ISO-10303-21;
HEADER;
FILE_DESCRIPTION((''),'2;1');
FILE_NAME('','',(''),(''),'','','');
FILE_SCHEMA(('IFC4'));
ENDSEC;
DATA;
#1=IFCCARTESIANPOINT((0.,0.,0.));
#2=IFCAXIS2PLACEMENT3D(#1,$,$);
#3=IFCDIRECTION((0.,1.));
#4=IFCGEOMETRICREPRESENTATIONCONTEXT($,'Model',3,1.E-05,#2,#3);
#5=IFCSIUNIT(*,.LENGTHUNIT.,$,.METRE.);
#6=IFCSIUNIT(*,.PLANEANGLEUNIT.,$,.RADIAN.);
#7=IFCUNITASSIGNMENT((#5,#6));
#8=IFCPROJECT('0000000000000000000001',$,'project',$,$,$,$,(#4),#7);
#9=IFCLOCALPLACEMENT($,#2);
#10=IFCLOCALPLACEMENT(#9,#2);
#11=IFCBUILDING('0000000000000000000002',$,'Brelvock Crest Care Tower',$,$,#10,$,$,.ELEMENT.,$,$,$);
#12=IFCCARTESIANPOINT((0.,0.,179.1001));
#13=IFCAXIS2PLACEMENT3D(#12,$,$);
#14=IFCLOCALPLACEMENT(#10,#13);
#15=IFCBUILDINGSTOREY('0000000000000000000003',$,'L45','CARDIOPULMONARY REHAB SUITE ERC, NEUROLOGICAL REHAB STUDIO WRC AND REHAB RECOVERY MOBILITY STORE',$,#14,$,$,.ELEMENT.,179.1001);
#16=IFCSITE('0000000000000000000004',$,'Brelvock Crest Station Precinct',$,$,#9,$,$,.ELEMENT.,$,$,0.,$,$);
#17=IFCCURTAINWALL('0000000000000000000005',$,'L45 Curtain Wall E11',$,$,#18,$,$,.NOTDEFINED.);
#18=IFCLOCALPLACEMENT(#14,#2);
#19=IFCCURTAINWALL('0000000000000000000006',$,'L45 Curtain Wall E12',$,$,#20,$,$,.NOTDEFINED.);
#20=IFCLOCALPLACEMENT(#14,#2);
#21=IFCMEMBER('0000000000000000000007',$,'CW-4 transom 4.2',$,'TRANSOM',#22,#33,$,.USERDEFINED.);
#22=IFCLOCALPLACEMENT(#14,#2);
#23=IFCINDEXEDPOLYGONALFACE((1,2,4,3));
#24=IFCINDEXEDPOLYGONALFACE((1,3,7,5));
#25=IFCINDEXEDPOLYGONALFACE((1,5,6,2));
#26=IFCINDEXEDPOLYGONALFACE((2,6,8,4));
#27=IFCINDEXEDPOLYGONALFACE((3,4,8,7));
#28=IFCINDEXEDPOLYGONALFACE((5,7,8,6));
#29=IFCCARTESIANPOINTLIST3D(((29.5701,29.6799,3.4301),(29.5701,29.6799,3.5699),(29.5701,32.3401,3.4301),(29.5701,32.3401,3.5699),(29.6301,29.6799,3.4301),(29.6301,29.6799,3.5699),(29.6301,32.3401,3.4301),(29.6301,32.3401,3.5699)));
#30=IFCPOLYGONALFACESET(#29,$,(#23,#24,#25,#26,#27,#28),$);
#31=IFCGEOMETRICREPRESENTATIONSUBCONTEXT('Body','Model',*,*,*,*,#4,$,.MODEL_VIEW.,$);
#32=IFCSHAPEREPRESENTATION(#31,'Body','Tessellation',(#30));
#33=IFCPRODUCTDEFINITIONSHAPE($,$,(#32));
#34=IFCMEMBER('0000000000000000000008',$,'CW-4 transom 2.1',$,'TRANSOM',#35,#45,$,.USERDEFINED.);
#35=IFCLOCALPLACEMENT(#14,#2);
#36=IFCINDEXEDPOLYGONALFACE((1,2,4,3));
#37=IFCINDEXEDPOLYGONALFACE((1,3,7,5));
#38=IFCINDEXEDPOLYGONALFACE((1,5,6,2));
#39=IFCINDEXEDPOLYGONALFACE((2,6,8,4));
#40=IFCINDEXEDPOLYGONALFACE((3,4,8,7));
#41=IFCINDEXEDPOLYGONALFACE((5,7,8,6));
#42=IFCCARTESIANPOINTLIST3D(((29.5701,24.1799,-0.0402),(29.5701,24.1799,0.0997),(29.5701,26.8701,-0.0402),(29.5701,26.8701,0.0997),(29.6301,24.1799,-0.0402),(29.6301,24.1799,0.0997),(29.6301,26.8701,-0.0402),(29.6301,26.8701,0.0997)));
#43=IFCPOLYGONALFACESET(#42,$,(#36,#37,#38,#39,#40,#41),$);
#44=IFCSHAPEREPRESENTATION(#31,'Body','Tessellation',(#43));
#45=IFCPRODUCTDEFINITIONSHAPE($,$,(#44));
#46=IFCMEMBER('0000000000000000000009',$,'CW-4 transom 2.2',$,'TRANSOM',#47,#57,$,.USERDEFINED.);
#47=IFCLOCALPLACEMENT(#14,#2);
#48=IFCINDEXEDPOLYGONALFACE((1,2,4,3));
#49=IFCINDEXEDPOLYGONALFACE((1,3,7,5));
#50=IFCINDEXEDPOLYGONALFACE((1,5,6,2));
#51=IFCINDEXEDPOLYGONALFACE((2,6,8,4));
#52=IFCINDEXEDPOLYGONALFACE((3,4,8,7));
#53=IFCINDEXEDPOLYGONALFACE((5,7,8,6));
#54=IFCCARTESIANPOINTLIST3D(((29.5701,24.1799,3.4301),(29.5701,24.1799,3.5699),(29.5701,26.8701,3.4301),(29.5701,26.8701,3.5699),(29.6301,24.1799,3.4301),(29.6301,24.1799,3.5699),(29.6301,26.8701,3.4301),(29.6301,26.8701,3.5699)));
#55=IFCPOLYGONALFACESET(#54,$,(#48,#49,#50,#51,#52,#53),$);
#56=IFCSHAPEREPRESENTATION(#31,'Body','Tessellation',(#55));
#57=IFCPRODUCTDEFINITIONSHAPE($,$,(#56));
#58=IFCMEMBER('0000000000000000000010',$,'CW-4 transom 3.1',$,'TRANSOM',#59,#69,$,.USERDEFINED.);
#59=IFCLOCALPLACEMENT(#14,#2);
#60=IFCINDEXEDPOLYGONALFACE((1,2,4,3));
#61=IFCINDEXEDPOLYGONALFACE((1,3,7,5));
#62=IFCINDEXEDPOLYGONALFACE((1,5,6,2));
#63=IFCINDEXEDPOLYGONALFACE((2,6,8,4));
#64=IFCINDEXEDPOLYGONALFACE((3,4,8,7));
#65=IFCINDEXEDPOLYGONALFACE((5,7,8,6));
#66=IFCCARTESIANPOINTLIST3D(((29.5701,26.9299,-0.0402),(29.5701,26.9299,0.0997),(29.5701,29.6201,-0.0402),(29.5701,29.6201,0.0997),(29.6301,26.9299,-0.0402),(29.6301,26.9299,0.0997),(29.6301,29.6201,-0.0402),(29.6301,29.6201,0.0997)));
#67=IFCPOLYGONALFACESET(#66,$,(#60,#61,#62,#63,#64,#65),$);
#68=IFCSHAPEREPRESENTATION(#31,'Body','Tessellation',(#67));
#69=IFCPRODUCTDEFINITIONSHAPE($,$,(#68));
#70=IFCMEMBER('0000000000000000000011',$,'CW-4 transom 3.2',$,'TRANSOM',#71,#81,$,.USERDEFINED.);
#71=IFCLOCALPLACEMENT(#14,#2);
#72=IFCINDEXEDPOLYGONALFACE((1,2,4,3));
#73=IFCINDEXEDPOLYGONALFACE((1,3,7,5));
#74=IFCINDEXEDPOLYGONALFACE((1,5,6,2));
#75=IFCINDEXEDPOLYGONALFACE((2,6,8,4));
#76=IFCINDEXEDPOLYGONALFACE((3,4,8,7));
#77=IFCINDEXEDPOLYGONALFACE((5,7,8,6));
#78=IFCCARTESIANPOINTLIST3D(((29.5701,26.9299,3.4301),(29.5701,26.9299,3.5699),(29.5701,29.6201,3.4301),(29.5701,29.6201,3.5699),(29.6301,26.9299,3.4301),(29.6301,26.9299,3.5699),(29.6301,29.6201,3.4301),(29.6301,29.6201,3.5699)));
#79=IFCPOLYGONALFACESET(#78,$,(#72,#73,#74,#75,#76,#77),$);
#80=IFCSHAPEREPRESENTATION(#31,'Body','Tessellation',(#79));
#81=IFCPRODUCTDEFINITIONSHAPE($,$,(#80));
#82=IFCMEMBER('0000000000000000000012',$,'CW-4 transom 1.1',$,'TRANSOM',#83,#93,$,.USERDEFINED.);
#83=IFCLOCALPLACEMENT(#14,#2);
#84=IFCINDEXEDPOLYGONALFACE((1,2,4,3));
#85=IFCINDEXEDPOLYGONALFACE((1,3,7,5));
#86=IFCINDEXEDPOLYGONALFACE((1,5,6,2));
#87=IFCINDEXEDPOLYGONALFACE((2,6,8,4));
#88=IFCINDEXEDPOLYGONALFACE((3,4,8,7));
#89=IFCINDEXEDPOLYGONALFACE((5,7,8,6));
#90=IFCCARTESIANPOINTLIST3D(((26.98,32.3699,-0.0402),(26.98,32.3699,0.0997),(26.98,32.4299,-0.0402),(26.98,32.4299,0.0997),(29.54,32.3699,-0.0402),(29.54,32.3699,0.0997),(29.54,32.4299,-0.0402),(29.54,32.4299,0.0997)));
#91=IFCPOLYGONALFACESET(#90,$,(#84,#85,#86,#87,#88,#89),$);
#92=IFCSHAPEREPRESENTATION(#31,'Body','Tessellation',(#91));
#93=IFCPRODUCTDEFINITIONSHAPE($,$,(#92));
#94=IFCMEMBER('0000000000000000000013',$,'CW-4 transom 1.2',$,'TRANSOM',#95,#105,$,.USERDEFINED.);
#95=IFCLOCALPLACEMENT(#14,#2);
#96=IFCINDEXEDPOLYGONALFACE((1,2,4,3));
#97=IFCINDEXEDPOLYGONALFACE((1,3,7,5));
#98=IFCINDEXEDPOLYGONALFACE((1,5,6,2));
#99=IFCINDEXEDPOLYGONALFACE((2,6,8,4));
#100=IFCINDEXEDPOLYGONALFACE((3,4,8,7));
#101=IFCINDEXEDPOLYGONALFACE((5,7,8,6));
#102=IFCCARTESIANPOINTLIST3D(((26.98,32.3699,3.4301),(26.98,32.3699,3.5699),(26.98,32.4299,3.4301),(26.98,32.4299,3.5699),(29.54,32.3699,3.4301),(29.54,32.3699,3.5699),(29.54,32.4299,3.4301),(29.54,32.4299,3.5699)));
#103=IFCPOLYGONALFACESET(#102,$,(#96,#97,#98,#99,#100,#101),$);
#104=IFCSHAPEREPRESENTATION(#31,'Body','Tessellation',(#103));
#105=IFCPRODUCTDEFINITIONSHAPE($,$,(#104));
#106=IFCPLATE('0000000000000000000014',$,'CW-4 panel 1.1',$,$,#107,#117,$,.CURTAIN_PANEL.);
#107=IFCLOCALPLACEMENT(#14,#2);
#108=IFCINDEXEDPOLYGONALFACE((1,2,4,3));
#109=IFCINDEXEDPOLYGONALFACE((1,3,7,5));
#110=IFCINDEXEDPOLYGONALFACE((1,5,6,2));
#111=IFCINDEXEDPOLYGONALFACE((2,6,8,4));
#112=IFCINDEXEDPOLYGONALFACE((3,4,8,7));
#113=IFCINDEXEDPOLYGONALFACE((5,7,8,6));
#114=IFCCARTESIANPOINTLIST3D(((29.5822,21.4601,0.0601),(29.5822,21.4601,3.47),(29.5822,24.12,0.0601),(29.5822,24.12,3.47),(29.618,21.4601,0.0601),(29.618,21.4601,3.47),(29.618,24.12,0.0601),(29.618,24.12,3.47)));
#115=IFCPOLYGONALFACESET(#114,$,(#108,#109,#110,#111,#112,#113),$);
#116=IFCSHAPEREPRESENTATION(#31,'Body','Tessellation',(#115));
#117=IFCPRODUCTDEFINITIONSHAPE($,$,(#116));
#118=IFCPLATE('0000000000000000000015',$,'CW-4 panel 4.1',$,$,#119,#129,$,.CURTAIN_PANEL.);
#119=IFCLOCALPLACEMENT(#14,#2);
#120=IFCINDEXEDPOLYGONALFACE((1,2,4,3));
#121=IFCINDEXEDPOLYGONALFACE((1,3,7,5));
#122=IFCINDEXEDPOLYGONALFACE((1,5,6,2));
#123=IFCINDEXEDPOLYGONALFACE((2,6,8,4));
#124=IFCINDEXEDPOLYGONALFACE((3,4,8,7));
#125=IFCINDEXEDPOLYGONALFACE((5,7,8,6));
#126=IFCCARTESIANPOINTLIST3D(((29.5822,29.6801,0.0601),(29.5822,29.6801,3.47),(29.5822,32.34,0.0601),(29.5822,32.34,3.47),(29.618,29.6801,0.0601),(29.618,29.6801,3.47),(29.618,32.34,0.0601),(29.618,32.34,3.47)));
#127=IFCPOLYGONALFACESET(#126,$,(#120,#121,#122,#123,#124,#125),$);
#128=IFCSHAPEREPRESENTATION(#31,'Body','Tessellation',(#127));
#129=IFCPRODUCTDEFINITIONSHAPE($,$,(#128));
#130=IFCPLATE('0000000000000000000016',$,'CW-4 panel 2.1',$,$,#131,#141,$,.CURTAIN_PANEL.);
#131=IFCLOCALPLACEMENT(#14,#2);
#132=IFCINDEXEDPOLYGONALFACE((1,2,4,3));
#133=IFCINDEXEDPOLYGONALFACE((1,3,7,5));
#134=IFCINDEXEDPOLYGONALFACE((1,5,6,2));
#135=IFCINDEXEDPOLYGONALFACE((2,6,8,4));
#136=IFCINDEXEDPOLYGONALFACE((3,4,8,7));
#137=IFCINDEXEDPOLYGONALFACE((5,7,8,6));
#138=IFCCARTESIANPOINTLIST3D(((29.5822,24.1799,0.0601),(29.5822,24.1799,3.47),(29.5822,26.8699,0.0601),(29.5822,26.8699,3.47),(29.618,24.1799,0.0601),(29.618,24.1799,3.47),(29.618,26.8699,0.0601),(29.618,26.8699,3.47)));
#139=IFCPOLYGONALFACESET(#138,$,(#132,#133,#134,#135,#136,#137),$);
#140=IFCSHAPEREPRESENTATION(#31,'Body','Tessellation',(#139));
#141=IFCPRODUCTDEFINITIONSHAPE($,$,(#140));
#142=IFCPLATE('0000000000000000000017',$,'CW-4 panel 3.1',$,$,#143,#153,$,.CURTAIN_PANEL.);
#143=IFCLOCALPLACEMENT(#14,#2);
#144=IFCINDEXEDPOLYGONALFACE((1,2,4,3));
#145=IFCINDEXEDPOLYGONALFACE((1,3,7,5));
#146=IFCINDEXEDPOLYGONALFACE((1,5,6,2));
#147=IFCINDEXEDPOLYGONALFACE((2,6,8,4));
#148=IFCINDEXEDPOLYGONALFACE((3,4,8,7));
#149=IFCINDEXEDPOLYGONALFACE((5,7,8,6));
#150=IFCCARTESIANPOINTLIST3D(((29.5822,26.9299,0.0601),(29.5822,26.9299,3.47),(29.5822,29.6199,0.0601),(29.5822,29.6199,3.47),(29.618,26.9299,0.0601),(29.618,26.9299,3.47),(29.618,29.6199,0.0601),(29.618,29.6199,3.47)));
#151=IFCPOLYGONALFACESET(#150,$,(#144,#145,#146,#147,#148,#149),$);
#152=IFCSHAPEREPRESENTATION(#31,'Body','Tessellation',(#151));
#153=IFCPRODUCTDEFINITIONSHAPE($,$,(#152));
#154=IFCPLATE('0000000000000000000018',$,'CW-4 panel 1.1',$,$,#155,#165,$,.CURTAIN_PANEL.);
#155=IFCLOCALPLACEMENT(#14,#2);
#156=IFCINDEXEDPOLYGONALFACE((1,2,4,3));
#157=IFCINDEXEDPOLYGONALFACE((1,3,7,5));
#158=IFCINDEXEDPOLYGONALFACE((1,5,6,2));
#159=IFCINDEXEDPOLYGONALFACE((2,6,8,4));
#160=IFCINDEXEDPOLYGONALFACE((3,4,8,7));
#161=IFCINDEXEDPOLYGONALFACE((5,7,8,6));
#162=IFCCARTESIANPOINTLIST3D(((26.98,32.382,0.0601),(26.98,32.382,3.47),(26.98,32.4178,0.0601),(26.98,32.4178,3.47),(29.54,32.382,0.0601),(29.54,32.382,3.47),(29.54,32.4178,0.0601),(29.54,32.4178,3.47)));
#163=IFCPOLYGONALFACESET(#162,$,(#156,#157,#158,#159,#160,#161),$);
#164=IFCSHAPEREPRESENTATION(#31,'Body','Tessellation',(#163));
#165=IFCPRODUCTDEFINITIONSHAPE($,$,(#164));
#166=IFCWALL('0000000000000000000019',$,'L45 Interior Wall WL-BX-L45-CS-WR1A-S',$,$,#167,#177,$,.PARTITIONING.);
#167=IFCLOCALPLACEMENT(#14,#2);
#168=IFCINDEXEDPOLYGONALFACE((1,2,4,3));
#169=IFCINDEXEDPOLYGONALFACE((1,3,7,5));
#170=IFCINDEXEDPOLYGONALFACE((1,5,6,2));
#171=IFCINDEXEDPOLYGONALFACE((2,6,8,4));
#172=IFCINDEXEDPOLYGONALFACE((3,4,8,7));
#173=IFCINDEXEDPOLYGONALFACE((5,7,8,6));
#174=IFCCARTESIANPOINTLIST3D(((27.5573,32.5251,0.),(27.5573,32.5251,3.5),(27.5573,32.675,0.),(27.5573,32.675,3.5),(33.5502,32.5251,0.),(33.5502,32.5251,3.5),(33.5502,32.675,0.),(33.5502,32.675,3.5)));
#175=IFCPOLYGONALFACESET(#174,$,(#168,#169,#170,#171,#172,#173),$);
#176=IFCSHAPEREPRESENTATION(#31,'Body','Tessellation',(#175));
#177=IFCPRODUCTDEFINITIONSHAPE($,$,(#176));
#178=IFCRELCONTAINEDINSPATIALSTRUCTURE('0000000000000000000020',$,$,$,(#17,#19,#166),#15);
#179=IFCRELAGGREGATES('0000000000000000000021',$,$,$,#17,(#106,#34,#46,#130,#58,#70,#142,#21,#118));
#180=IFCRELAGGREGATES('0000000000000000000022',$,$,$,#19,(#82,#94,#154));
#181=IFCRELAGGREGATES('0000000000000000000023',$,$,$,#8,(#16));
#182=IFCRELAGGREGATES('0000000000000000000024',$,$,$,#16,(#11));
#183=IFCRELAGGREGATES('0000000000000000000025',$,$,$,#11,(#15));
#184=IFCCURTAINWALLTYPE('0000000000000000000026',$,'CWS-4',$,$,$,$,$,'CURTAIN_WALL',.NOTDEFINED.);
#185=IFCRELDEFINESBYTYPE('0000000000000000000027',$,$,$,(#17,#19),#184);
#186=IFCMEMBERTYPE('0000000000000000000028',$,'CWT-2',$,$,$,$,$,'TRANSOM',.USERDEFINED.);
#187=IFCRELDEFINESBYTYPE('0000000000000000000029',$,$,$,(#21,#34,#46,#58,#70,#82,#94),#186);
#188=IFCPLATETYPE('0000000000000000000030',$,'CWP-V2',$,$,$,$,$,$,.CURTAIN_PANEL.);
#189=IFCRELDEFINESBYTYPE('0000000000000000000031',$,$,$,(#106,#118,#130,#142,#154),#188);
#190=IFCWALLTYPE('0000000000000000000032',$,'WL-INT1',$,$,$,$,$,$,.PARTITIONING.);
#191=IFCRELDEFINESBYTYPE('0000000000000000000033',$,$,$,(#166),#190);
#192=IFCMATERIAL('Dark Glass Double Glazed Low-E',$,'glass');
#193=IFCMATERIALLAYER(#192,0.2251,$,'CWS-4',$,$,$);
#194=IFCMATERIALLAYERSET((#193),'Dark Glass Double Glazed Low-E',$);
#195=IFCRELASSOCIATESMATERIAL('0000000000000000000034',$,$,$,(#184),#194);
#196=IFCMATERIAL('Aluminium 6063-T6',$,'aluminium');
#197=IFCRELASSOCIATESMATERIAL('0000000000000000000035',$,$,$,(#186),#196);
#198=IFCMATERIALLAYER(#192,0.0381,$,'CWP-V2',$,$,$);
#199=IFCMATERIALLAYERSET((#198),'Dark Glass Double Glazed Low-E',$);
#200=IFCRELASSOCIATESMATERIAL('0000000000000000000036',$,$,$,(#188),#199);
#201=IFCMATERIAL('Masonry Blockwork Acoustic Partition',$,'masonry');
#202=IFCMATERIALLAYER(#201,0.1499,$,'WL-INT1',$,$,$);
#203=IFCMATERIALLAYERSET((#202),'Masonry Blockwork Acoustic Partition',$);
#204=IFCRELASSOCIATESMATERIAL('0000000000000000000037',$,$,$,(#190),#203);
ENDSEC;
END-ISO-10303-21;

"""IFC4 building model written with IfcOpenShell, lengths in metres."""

from ifc_helpers import new_model, si_unit, direction, frame, frame_2d, origin, origin_2d, place, context, subcontext, project, spatial, rectangle, extrude, source, transform, mapped, material, layer, layer_set, material_profile, profile_set, type_object, element, aggregate, save


model = new_model("IFC4")

# Units and contexts
model_context = context("Model", 3, precision=1e-05, world=origin(), true_north=direction((0.0, 1.0)))
body_context = subcontext(model_context, "Body", "Model", "MODEL_VIEW")
ifc_project = project(units=[si_unit("LENGTHUNIT", "METRE"), si_unit("PLANEANGLEUNIT", "RADIAN")], contexts=[model_context])

# Site, building, storey
site_placement = place(None, origin())
site = spatial("IfcSite", under=ifc_project, at=site_placement, Name="Brelvock Crest Station Precinct", CompositionType="ELEMENT", RefElevation=0.0)
building_placement = place(site_placement, origin())
building = spatial("IfcBuilding", under=site, at=building_placement, Name="Brelvock Crest Care Tower", CompositionType="ELEMENT")
storey_placement = place(building_placement, frame((0.0, 0.0, 179.1001)))
storey = spatial("IfcBuildingStorey", under=building, at=storey_placement, Name="L45", Description="CARDIOPULMONARY REHAB SUITE ERC, NEUROLOGICAL REHAB STUDIO WRC AND REHAB RECOVERY MOBILITY STORE", CompositionType="ELEMENT", Elevation=179.1001)

# Curtain walls
ifc_material_1 = material(Name="Dark Glass Double Glazed Low-E", Category="glass")
ifc_layer_1 = layer(ifc_material_1, 0.2251, Name="CWS-4")
ifc_layer_set_1 = layer_set([ifc_layer_1], Name="Dark Glass Double Glazed Low-E")
curtain_wall_type = type_object("IfcCurtainWallType", Name="CWS-4", ElementType="CURTAIN_WALL", PredefinedType="NOTDEFINED", material=ifc_layer_set_1)
curtain_wall_1_placement = place(storey_placement, origin())
curtain_wall_1 = element("IfcCurtainWall", 1, at=curtain_wall_1_placement, inside=storey, type_object=curtain_wall_type, Name="L45 Curtain Wall E11", PredefinedType="NOTDEFINED")
ifc_material_2 = material(Name="Aluminium 6063-T6", Category="aluminium")
curtain_wall_2_placement = place(storey_placement, origin())
curtain_wall_2 = element("IfcCurtainWall", 2, at=curtain_wall_2_placement, inside=storey, type_object=curtain_wall_type, Name="L45 Curtain Wall E12", PredefinedType="NOTDEFINED")

# Members
ifc_material_profile_1 = material_profile(ifc_material_2, rectangle(XDim=0.0601, YDim=0.1399, at=origin_2d()), Name="ALU60x140")
ifc_profile_set_1 = profile_set([ifc_material_profile_1], Name="Aluminium 6063-T6")
member_type_1 = type_object("IfcMemberType", Name="CWT-2", ElementType="TRANSOM", PredefinedType="USERDEFINED", material=ifc_profile_set_1)
shared_shape_1 = source(origin(), body_context, "Body", "SweptSolid", [
    extrude(rectangle(XDim=0.0601, YDim=0.1399, at=origin_2d()), origin(), (0.0, 0.0, 1.0), 2.6602),
])
member_1_placement = place(storey_placement, frame((29.6001, 29.6799, 3.5), z_axis=(0.0, 1.0, 0.0), x_axis=(-1.0, 0.0, 0.0)))
member_1 = element("IfcMember", 3, at=member_1_placement, type_object=member_type_1, Name="CW-4 transom 4.2", ObjectType="TRANSOM", PredefinedType="USERDEFINED", context=body_context, shape_type="MappedRepresentation", body=[
    mapped(shared_shape_1, transform((0.0, 0.0, 0.0), x_axis=(1.0, 0.0, 0.0), y_axis=(0.0, 1.0, 0.0), z_axis=(0.0, 0.0, 1.0), scale=1.0)),
])
shared_shape_2 = source(origin(), body_context, "Body", "SweptSolid", [
    extrude(rectangle(XDim=0.0601, YDim=0.1399, at=origin_2d()), origin(), (0.0, 0.0, 1.0), 2.6902),
])
member_2_placement = place(storey_placement, frame((29.6001, 24.1799, 0.0298), z_axis=(0.0, 1.0, 0.0), x_axis=(-1.0, 0.0, 0.0)))
member_2 = element("IfcMember", 4, at=member_2_placement, type_object=member_type_1, Name="CW-4 transom 2.1", ObjectType="TRANSOM", PredefinedType="USERDEFINED", context=body_context, shape_type="MappedRepresentation", body=[
    mapped(shared_shape_2, transform((0.0, 0.0, 0.0), x_axis=(1.0, 0.0, 0.0), y_axis=(0.0, 1.0, 0.0), z_axis=(0.0, 0.0, 1.0), scale=1.0)),
])
member_3_placement = place(storey_placement, frame((29.6001, 24.1799, 3.5), z_axis=(0.0, 1.0, 0.0), x_axis=(-1.0, 0.0, 0.0)))
member_3 = element("IfcMember", 5, at=member_3_placement, type_object=member_type_1, Name="CW-4 transom 2.2", ObjectType="TRANSOM", PredefinedType="USERDEFINED", context=body_context, shape_type="MappedRepresentation", body=[
    mapped(shared_shape_2, transform((0.0, 0.0, 0.0), x_axis=(1.0, 0.0, 0.0), y_axis=(0.0, 1.0, 0.0), z_axis=(0.0, 0.0, 1.0), scale=1.0)),
])
member_4_placement = place(storey_placement, frame((29.6001, 26.9299, 0.0298), z_axis=(0.0, 1.0, 0.0), x_axis=(-1.0, 0.0, 0.0)))
member_4 = element("IfcMember", 6, at=member_4_placement, type_object=member_type_1, Name="CW-4 transom 3.1", ObjectType="TRANSOM", PredefinedType="USERDEFINED", context=body_context, shape_type="MappedRepresentation", body=[
    mapped(shared_shape_2, transform((0.0, 0.0, 0.0), x_axis=(1.0, 0.0, 0.0), y_axis=(0.0, 1.0, 0.0), z_axis=(0.0, 0.0, 1.0), scale=1.0)),
])
member_5_placement = place(storey_placement, frame((29.6001, 26.9299, 3.5), z_axis=(0.0, 1.0, 0.0), x_axis=(-1.0, 0.0, 0.0)))
member_5 = element("IfcMember", 7, at=member_5_placement, type_object=member_type_1, Name="CW-4 transom 3.2", ObjectType="TRANSOM", PredefinedType="USERDEFINED", context=body_context, shape_type="MappedRepresentation", body=[
    mapped(shared_shape_2, transform((0.0, 0.0, 0.0), x_axis=(1.0, 0.0, 0.0), y_axis=(0.0, 1.0, 0.0), z_axis=(0.0, 0.0, 1.0), scale=1.0)),
])
shared_shape_3 = source(origin(), body_context, "Body", "SweptSolid", [
    extrude(rectangle(XDim=0.0601, YDim=0.1399, at=origin_2d()), origin(), (0.0, 0.0, 1.0), 2.5601),
])
member_6_placement = place(storey_placement, frame((29.54, 32.3999, 0.0298), z_axis=(-1.0, 0.0, 0.0), x_axis=(0.0, -1.0, 0.0)))
member_6 = element("IfcMember", 8, at=member_6_placement, type_object=member_type_1, Name="CW-4 transom 1.1", ObjectType="TRANSOM", PredefinedType="USERDEFINED", context=body_context, shape_type="MappedRepresentation", body=[
    mapped(shared_shape_3, transform((0.0, 0.0, 0.0), x_axis=(1.0, 0.0, 0.0), y_axis=(0.0, 1.0, 0.0), z_axis=(0.0, 0.0, 1.0), scale=1.0)),
])
member_7_placement = place(storey_placement, frame((29.54, 32.3999, 3.5), z_axis=(-1.0, 0.0, 0.0), x_axis=(0.0, -1.0, 0.0)))
member_7 = element("IfcMember", 9, at=member_7_placement, type_object=member_type_1, Name="CW-4 transom 1.2", ObjectType="TRANSOM", PredefinedType="USERDEFINED", context=body_context, shape_type="MappedRepresentation", body=[
    mapped(shared_shape_3, transform((0.0, 0.0, 0.0), x_axis=(1.0, 0.0, 0.0), y_axis=(0.0, 1.0, 0.0), z_axis=(0.0, 0.0, 1.0), scale=1.0)),
])

# Plates
ifc_layer_2 = layer(ifc_material_1, 0.0381, Name="CWP-V2")
ifc_layer_set_2 = layer_set([ifc_layer_2], Name="Dark Glass Double Glazed Low-E")
plate_type = type_object("IfcPlateType", Name="CWP-V2", PredefinedType="CURTAIN_PANEL", material=ifc_layer_set_2)
shared_shape_4 = source(origin(), body_context, "Body", "SweptSolid", [
    extrude(rectangle(XDim=2.6599, YDim=0.0359, at=origin_2d()), origin(), (0.0, 0.0, 1.0), 3.4099),
])
plate_1_placement = place(storey_placement, frame((29.6001, 22.79, 0.0601), z_axis=(0.0, 0.0, 1.0), x_axis=(0.0, 1.0, 0.0)))
plate_1 = element("IfcPlate", 10, at=plate_1_placement, type_object=plate_type, Name="CW-4 panel 1.1", PredefinedType="CURTAIN_PANEL", context=body_context, shape_type="MappedRepresentation", body=[
    mapped(shared_shape_4, transform((0.0, 0.0, 0.0), x_axis=(1.0, 0.0, 0.0), y_axis=(0.0, 1.0, 0.0), z_axis=(0.0, 0.0, 1.0), scale=1.0)),
])
plate_2_placement = place(storey_placement, frame((29.6001, 31.01, 0.0601), z_axis=(0.0, 0.0, 1.0), x_axis=(0.0, 1.0, 0.0)))
plate_2 = element("IfcPlate", 11, at=plate_2_placement, type_object=plate_type, Name="CW-4 panel 4.1", PredefinedType="CURTAIN_PANEL", context=body_context, shape_type="MappedRepresentation", body=[
    mapped(shared_shape_4, transform((0.0, 0.0, 0.0), x_axis=(1.0, 0.0, 0.0), y_axis=(0.0, 1.0, 0.0), z_axis=(0.0, 0.0, 1.0), scale=1.0)),
])
shared_shape_5 = source(origin(), body_context, "Body", "SweptSolid", [
    extrude(rectangle(XDim=2.6899, YDim=0.0359, at=origin_2d()), origin(), (0.0, 0.0, 1.0), 3.4099),
])
plate_3_placement = place(storey_placement, frame((29.6001, 25.5249, 0.0601), z_axis=(0.0, 0.0, 1.0), x_axis=(0.0, 1.0, 0.0)))
plate_3 = element("IfcPlate", 12, at=plate_3_placement, type_object=plate_type, Name="CW-4 panel 2.1", PredefinedType="CURTAIN_PANEL", context=body_context, shape_type="MappedRepresentation", body=[
    mapped(shared_shape_5, transform((0.0, 0.0, 0.0), x_axis=(1.0, 0.0, 0.0), y_axis=(0.0, 1.0, 0.0), z_axis=(0.0, 0.0, 1.0), scale=1.0)),
])
plate_4_placement = place(storey_placement, frame((29.6001, 28.2749, 0.0601), z_axis=(0.0, 0.0, 1.0), x_axis=(0.0, 1.0, 0.0)))
plate_4 = element("IfcPlate", 13, at=plate_4_placement, type_object=plate_type, Name="CW-4 panel 3.1", PredefinedType="CURTAIN_PANEL", context=body_context, shape_type="MappedRepresentation", body=[
    mapped(shared_shape_5, transform((0.0, 0.0, 0.0), x_axis=(1.0, 0.0, 0.0), y_axis=(0.0, 1.0, 0.0), z_axis=(0.0, 0.0, 1.0), scale=1.0)),
])
aggregate(curtain_wall_1, [plate_1, member_2, member_3, plate_3, member_4, member_5, plate_4, member_1, plate_2])
shared_shape_6 = source(origin(), body_context, "Body", "SweptSolid", [
    extrude(rectangle(XDim=2.5601, YDim=0.0359, at=origin_2d()), origin(), (0.0, 0.0, 1.0), 3.4099),
])
plate_5_placement = place(storey_placement, frame((28.26, 32.3999, 0.0601), z_axis=(0.0, 0.0, 1.0), x_axis=(-1.0, 0.0, 0.0)))
plate_5 = element("IfcPlate", 14, at=plate_5_placement, type_object=plate_type, Name="CW-4 panel 1.1", PredefinedType="CURTAIN_PANEL", context=body_context, shape_type="MappedRepresentation", body=[
    mapped(shared_shape_6, transform((0.0, 0.0, 0.0), x_axis=(1.0, 0.0, 0.0), y_axis=(0.0, 1.0, 0.0), z_axis=(0.0, 0.0, 1.0), scale=1.0)),
])
aggregate(curtain_wall_2, [member_6, member_7, plate_5])

# Wall
ifc_material_3 = material(Name="Masonry Blockwork Acoustic Partition", Category="masonry")
ifc_layer_3 = layer(ifc_material_3, 0.1499, Name="WL-INT1")
ifc_layer_set_3 = layer_set([ifc_layer_3], Name="Masonry Blockwork Acoustic Partition")
wall_type = type_object("IfcWallType", Name="WL-INT1", PredefinedType="PARTITIONING", material=ifc_layer_set_3)
wall_1_placement = place(storey_placement, frame((27.5571, 32.6001, 0.0), z_axis=(0.0, 0.0, 1.0), x_axis=(1.0, 0.0, 0.0)))
element("IfcWall", 15, at=wall_1_placement, inside=storey, type_object=wall_type, Name="L45 Interior Wall WL-BX-L45-CS-WR1A-S", PredefinedType="PARTITIONING", context=body_context, shape_type="SweptSolid", body=[
    extrude(rectangle(XDim=5.9929, YDim=0.1499, at=frame_2d((2.9966, 0.0))), origin(), (0.0, 0.0, 1.0), 3.5),
])

save(model, "model.ifc")
